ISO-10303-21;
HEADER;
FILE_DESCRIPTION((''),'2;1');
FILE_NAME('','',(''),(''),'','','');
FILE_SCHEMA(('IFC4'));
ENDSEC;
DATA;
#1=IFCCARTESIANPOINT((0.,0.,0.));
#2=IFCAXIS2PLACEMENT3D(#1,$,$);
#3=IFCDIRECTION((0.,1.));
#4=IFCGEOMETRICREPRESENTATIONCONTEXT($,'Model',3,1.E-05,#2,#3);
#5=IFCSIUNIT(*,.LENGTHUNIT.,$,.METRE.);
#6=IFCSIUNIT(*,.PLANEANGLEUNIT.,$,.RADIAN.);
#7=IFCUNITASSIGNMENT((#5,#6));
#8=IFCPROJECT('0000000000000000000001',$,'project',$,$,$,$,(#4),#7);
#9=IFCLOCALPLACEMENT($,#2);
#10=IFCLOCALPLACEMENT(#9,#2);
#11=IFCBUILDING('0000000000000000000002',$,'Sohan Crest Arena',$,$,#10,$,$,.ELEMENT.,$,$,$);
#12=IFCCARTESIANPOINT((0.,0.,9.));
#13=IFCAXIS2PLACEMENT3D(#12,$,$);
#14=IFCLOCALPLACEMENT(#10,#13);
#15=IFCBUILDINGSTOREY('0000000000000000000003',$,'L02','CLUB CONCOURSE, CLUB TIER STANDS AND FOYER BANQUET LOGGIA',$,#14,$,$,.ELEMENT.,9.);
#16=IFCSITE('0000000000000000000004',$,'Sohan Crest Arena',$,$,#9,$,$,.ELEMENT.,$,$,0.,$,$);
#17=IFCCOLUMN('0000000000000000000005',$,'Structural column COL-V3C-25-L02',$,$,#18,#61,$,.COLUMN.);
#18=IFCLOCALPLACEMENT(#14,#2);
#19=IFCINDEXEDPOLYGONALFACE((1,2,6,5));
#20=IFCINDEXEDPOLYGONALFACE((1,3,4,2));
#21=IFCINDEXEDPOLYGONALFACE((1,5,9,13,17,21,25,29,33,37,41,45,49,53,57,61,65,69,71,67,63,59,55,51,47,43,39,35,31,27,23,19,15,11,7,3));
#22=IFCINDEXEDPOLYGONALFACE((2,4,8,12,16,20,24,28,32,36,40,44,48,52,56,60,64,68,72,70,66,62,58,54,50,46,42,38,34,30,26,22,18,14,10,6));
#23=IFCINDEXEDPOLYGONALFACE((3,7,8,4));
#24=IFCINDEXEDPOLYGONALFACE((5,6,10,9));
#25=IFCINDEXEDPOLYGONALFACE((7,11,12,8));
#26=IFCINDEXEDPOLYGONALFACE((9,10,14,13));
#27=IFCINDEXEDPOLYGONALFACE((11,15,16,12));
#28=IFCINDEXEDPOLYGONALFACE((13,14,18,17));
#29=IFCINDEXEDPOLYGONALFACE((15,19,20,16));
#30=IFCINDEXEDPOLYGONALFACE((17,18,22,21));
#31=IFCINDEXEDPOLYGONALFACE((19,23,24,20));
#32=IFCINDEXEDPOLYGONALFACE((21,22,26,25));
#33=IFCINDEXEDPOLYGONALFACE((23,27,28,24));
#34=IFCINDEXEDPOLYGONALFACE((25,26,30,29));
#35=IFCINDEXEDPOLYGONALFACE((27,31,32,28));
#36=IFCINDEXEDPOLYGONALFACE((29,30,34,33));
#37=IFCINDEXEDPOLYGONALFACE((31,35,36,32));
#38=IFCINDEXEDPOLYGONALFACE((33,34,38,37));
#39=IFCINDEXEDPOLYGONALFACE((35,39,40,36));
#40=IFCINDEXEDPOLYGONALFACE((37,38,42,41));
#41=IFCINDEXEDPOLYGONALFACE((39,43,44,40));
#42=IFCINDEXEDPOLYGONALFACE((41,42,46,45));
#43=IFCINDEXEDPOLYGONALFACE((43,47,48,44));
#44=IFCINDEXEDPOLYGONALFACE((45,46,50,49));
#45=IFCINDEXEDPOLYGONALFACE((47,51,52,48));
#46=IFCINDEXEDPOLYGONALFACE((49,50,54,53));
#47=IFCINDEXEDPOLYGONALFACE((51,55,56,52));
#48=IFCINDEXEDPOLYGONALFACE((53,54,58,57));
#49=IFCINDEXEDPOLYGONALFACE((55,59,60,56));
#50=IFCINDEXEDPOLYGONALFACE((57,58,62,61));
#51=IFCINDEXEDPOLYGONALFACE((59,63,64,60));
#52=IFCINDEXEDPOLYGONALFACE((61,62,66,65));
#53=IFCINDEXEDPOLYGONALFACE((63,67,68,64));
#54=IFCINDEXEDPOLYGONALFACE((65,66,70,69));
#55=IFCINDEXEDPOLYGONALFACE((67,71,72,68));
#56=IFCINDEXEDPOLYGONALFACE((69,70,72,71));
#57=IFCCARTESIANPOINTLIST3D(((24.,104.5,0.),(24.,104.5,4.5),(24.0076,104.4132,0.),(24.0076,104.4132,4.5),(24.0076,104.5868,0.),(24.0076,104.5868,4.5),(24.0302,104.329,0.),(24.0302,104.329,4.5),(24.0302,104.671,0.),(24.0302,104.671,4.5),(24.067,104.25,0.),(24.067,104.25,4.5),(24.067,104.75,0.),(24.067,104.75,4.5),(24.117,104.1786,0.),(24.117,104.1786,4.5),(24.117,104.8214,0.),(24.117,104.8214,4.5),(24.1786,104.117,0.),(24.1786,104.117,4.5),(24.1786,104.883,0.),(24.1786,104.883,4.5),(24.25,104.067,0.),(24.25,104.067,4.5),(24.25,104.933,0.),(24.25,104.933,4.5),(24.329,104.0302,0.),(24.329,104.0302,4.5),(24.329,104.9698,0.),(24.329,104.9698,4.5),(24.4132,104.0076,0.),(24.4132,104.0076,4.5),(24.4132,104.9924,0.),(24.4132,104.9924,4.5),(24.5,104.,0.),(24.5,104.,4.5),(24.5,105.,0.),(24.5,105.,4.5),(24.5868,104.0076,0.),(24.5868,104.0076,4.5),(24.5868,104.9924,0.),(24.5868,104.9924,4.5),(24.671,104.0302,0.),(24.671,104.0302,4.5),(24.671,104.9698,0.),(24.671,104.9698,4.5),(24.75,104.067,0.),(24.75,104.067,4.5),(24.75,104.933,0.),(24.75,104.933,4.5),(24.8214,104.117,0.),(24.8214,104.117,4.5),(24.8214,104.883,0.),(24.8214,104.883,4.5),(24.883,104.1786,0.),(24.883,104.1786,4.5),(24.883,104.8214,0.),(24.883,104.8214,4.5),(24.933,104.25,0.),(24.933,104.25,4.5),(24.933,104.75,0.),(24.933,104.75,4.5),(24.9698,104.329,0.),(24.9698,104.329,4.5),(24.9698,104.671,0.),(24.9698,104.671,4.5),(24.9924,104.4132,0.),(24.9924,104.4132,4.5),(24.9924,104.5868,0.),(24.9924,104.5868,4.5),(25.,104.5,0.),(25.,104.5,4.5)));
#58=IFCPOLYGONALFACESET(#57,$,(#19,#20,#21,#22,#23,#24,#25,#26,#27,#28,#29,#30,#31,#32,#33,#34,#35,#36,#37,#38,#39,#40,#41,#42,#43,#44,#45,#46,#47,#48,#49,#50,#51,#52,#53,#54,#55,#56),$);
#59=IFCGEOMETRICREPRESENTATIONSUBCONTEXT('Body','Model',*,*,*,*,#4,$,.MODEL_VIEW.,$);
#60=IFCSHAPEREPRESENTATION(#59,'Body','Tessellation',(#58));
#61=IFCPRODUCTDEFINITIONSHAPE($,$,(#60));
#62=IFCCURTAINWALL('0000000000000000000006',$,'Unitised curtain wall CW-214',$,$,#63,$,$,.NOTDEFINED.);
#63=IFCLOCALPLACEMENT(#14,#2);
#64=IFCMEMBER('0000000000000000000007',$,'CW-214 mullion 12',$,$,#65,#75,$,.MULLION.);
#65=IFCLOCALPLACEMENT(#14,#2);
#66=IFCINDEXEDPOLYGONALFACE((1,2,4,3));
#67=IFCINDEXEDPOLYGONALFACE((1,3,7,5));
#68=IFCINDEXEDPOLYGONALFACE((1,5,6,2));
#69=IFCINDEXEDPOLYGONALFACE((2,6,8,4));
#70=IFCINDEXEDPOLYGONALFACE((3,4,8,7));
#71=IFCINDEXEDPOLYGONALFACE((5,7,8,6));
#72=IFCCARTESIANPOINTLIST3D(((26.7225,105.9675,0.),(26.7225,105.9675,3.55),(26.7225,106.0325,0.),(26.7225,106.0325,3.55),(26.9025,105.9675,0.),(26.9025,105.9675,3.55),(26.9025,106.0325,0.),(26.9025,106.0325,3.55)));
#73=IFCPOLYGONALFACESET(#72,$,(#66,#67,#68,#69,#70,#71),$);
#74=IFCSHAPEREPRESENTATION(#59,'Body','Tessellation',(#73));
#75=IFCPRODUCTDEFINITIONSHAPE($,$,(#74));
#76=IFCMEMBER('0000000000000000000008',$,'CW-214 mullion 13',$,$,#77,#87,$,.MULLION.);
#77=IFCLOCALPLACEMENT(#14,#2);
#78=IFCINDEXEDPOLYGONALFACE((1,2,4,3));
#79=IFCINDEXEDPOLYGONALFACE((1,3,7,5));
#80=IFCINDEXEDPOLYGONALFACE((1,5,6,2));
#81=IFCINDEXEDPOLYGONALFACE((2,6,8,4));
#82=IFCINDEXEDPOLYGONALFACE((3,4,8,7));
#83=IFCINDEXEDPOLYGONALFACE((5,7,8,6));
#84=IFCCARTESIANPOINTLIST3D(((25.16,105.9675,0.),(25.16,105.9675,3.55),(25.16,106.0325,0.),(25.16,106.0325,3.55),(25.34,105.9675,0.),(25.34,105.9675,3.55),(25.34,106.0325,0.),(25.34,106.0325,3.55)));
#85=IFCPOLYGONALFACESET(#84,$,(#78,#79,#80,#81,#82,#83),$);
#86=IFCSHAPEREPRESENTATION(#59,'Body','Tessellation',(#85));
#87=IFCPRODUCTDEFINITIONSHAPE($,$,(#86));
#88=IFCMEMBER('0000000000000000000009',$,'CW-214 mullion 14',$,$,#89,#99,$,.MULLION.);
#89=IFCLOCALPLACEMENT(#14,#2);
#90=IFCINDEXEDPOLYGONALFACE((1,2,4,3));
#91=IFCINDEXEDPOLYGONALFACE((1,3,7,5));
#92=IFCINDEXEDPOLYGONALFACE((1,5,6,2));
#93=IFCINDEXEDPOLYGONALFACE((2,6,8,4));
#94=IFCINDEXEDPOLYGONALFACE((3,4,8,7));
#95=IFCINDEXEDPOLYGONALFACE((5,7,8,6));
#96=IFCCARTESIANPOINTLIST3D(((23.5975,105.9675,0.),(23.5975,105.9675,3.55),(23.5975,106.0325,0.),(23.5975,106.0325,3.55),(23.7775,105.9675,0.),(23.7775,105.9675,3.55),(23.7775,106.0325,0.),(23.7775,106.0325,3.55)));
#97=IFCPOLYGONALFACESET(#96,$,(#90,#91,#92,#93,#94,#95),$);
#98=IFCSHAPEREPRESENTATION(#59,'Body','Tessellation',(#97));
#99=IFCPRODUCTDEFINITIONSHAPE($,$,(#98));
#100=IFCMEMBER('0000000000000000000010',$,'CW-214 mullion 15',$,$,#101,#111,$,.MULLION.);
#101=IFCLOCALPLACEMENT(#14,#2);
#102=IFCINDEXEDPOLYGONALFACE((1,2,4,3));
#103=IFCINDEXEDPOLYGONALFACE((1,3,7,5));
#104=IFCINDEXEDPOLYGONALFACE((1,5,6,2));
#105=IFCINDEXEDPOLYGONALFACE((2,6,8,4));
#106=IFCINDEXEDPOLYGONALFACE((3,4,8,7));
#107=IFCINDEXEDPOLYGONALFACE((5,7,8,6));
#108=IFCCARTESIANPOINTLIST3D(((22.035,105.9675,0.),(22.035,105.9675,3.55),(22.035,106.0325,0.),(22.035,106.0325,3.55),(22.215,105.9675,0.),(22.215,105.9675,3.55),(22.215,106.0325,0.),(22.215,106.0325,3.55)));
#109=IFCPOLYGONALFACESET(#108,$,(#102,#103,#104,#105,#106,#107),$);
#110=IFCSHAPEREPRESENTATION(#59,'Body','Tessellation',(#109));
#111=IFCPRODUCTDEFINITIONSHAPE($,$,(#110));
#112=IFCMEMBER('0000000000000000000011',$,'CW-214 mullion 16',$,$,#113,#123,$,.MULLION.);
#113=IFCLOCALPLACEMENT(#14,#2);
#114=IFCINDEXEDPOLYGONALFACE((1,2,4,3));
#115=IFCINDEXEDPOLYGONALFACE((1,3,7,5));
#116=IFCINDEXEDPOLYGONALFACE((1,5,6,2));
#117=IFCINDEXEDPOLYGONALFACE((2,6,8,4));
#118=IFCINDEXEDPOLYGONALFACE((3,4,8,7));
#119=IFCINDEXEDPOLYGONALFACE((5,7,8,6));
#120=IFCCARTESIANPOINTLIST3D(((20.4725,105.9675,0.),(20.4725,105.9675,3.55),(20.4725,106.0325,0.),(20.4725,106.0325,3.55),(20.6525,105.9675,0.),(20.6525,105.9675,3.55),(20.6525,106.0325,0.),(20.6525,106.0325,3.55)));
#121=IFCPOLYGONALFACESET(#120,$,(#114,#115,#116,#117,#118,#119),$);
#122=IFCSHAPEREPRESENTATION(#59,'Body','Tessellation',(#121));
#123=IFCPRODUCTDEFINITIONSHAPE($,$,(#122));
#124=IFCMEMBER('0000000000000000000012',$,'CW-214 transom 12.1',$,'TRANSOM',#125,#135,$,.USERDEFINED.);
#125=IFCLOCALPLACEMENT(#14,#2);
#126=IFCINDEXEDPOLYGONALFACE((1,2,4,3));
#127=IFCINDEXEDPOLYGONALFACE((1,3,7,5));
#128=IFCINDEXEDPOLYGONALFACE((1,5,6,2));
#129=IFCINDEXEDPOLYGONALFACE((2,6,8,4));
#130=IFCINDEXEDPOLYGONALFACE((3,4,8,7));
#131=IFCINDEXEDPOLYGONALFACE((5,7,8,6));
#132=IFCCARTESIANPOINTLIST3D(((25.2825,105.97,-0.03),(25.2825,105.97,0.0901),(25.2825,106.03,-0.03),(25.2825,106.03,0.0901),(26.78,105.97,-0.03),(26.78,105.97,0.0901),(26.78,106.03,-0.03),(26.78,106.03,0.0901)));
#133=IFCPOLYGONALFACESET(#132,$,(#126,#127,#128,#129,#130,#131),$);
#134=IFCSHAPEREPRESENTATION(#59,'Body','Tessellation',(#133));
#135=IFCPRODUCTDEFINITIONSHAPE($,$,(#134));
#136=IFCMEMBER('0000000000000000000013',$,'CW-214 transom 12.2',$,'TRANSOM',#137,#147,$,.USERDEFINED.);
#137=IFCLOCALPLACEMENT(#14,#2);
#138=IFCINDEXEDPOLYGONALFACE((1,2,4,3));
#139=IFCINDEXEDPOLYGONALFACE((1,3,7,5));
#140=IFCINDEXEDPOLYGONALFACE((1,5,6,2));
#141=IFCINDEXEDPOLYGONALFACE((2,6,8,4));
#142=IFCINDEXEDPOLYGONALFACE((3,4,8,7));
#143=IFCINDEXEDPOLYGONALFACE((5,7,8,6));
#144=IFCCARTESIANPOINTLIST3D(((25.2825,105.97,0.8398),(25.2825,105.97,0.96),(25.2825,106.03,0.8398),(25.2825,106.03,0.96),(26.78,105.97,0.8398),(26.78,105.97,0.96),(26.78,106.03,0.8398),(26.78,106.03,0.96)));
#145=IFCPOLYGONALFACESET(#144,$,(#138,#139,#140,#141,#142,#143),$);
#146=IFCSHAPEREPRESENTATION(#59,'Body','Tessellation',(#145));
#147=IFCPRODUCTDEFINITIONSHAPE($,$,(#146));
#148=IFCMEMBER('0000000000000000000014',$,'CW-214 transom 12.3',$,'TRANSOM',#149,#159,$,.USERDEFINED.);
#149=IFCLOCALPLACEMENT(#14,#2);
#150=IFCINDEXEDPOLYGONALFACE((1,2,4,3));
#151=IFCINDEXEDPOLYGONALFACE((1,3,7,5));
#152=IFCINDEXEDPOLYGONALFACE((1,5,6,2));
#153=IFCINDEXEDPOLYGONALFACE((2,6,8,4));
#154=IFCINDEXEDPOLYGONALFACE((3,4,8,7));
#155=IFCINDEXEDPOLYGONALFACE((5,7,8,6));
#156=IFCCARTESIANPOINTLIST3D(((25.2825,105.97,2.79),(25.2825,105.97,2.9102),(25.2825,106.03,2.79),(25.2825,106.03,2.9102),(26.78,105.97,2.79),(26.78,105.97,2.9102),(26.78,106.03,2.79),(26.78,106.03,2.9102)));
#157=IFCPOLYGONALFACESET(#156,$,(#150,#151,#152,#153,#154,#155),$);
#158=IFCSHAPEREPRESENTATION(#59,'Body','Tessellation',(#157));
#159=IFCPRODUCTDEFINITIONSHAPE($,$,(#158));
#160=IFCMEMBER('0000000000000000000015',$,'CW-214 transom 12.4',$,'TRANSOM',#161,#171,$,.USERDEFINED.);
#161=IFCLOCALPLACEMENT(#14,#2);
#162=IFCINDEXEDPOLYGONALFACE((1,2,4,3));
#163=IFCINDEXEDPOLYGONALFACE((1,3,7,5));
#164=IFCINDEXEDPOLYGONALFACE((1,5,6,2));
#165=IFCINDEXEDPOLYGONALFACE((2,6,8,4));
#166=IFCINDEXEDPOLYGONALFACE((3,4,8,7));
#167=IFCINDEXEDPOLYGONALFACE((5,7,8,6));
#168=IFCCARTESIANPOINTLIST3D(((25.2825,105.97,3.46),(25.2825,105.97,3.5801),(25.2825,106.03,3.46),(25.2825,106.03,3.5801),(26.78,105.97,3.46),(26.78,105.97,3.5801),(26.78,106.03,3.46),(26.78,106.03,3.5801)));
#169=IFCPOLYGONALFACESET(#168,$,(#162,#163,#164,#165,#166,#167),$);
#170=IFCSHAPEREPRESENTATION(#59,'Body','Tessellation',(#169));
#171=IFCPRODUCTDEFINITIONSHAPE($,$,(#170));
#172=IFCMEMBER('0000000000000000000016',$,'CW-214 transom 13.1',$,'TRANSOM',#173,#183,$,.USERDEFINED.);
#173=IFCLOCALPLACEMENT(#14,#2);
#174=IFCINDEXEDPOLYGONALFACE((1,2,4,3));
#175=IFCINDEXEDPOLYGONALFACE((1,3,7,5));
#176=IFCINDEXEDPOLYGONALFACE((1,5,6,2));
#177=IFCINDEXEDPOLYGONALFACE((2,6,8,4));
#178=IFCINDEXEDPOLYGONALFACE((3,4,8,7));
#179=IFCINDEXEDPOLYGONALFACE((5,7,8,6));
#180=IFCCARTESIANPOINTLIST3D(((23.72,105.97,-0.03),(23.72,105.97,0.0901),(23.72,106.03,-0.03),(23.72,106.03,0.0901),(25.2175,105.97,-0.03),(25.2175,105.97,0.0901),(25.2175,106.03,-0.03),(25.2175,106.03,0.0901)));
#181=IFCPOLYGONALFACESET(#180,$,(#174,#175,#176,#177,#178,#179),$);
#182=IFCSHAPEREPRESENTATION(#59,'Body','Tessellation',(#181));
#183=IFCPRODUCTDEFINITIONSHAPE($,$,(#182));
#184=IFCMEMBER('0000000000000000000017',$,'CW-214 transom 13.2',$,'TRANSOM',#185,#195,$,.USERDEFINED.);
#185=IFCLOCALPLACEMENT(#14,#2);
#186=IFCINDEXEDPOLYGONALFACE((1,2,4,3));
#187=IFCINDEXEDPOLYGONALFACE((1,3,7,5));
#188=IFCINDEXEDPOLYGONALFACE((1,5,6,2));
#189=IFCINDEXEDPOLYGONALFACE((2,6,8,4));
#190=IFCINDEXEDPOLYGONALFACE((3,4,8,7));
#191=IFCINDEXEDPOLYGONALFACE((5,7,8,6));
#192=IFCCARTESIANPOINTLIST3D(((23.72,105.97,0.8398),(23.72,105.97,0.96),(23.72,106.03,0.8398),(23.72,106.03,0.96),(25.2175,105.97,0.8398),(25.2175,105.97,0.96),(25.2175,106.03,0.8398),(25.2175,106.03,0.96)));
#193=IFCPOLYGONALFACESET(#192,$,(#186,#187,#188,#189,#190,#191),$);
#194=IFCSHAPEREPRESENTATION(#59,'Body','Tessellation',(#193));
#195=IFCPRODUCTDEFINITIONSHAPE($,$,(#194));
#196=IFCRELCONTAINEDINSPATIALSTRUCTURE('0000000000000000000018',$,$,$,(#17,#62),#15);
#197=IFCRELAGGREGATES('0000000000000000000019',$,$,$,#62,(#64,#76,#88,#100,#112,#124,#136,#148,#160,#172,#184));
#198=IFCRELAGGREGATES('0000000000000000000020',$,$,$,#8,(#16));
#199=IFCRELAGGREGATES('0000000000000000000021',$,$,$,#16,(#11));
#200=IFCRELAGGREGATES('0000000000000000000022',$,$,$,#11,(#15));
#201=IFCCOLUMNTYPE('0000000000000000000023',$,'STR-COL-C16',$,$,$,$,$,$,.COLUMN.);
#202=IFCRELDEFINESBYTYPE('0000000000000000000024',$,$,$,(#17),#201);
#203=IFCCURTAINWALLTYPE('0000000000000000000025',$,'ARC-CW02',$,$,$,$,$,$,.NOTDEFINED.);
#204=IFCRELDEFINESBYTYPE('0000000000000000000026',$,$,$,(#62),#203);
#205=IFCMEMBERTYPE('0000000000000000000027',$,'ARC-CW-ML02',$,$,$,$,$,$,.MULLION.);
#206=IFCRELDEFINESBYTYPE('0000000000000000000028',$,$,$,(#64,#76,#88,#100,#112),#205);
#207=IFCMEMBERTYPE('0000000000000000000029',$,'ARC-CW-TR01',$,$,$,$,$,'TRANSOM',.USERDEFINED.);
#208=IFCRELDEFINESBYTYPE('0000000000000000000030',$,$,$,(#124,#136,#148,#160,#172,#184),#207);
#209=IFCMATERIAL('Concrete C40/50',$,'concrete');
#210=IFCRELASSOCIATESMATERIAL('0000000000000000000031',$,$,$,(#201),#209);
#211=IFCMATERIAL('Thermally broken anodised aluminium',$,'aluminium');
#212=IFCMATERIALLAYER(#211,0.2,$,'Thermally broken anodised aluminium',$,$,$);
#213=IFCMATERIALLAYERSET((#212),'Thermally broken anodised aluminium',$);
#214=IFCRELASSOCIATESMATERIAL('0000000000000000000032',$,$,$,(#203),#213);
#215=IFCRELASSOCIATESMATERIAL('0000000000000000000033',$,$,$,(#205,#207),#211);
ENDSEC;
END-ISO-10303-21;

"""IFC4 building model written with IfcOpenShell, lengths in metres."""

from ifc_helpers import new_model, si_unit, direction, frame, origin, origin_2d, place, context, subcontext, project, spatial, rectangle, circle, extrude, material, layer, layer_set, material_profile, profile_set, type_object, element, aggregate, save


model = new_model("IFC4")

# Units and contexts
model_context = context("Model", 3, precision=1e-05, world=origin(), true_north=direction((0.0, 1.0)))
body_context = subcontext(model_context, "Body", "Model", "MODEL_VIEW")
ifc_project = project(units=[si_unit("LENGTHUNIT", "METRE"), si_unit("PLANEANGLEUNIT", "RADIAN")], contexts=[model_context])

# Site, building, storey
site_placement = place(None, origin())
site = spatial("IfcSite", under=ifc_project, at=site_placement, Name="Sohan Crest Arena", CompositionType="ELEMENT", RefElevation=0.0)
building_placement = place(site_placement, origin())
building = spatial("IfcBuilding", under=site, at=building_placement, Name="Sohan Crest Arena", CompositionType="ELEMENT")
storey_placement = place(building_placement, frame((0.0, 0.0, 9.0)))
storey = spatial("IfcBuildingStorey", under=building, at=storey_placement, Name="L02", Description="CLUB CONCOURSE, CLUB TIER STANDS AND FOYER BANQUET LOGGIA", CompositionType="ELEMENT", Elevation=9.0)

# Column
ifc_material_1 = material(Name="Concrete C40/50", Category="concrete")
ifc_material_profile_1 = material_profile(ifc_material_1, circle(Radius=0.5, at=origin_2d()), Name="RC D1000")
ifc_profile_set_1 = profile_set([ifc_material_profile_1], Name="Concrete C40/50")
column_type = type_object("IfcColumnType", Name="STR-COL-C16", PredefinedType="COLUMN", material=ifc_profile_set_1)
column_placement = place(storey_placement, frame((24.5, 104.5, 0.0), z_axis=(0.0, 0.0, 1.0), x_axis=(1.0, 0.0, 0.0)))
element("IfcColumn", 1, at=column_placement, inside=storey, type_object=column_type, Name="Structural column COL-V3C-25-L02", PredefinedType="COLUMN", context=body_context, shape_type="SweptSolid", body=[
    extrude(circle(Radius=0.5, at=origin_2d()), origin(), (0.0, 0.0, 1.0), 4.5),
])

# Curtain wall, members
ifc_material_2 = material(Name="Thermally broken anodised aluminium", Category="aluminium")
ifc_layer_1 = layer(ifc_material_2, 0.2, Name="Thermally broken anodised aluminium")
ifc_layer_set_1 = layer_set([ifc_layer_1], Name="Thermally broken anodised aluminium")
curtain_wall_type = type_object("IfcCurtainWallType", Name="ARC-CW02", PredefinedType="NOTDEFINED", material=ifc_layer_set_1)
curtain_wall_placement = place(storey_placement, origin())
curtain_wall = element("IfcCurtainWall", 2, at=curtain_wall_placement, inside=storey, type_object=curtain_wall_type, Name="Unitised curtain wall CW-214", PredefinedType="NOTDEFINED")
ifc_material_profile_2 = material_profile(ifc_material_2, rectangle(XDim=0.0649, YDim=0.1799, at=origin_2d()), Name="ALU-MULL 65x180")
ifc_profile_set_2 = profile_set([ifc_material_profile_2], Name="Thermally broken anodised aluminium")
member_type_1 = type_object("IfcMemberType", Name="ARC-CW-ML02", PredefinedType="MULLION", material=ifc_profile_set_2)
member_1_placement = place(storey_placement, frame((26.8125, 106.0, 0.0), z_axis=(0.0, 0.0, 1.0), x_axis=(0.0, -1.0, 0.0)))
member_1 = element("IfcMember", 3, at=member_1_placement, type_object=member_type_1, Name="CW-214 mullion 12", PredefinedType="MULLION", context=body_context, shape_type="SweptSolid", body=[
    extrude(rectangle(XDim=0.0649, YDim=0.1799, at=origin_2d()), origin(), (0.0, 0.0, 1.0), 3.55),
])
member_2_placement = place(storey_placement, frame((25.25, 106.0, 0.0), z_axis=(0.0, 0.0, 1.0), x_axis=(0.0, -1.0, 0.0)))
member_2 = element("IfcMember", 4, at=member_2_placement, type_object=member_type_1, Name="CW-214 mullion 13", PredefinedType="MULLION", context=body_context, shape_type="SweptSolid", body=[
    extrude(rectangle(XDim=0.0649, YDim=0.1799, at=origin_2d()), origin(), (0.0, 0.0, 1.0), 3.55),
])
member_3_placement = place(storey_placement, frame((23.6875, 106.0, 0.0), z_axis=(0.0, 0.0, 1.0), x_axis=(0.0, -1.0, 0.0)))
member_3 = element("IfcMember", 5, at=member_3_placement, type_object=member_type_1, Name="CW-214 mullion 14", PredefinedType="MULLION", context=body_context, shape_type="SweptSolid", body=[
    extrude(rectangle(XDim=0.0649, YDim=0.1799, at=origin_2d()), origin(), (0.0, 0.0, 1.0), 3.55),
])
member_4_placement = place(storey_placement, frame((22.125, 106.0, 0.0), z_axis=(0.0, 0.0, 1.0), x_axis=(0.0, -1.0, 0.0)))
member_4 = element("IfcMember", 6, at=member_4_placement, type_object=member_type_1, Name="CW-214 mullion 15", PredefinedType="MULLION", context=body_context, shape_type="SweptSolid", body=[
    extrude(rectangle(XDim=0.0649, YDim=0.1799, at=origin_2d()), origin(), (0.0, 0.0, 1.0), 3.55),
])
member_5_placement = place(storey_placement, frame((20.5625, 106.0, 0.0), z_axis=(0.0, 0.0, 1.0), x_axis=(0.0, -1.0, 0.0)))
member_5 = element("IfcMember", 7, at=member_5_placement, type_object=member_type_1, Name="CW-214 mullion 16", PredefinedType="MULLION", context=body_context, shape_type="SweptSolid", body=[
    extrude(rectangle(XDim=0.0649, YDim=0.1799, at=origin_2d()), origin(), (0.0, 0.0, 1.0), 3.55),
])
ifc_material_profile_3 = material_profile(ifc_material_2, rectangle(XDim=0.0601, YDim=0.1201, at=origin_2d()), Name="ALU-TRAN 60x120")
ifc_profile_set_3 = profile_set([ifc_material_profile_3], Name="Thermally broken anodised aluminium")
member_type_2 = type_object("IfcMemberType", Name="ARC-CW-TR01", ElementType="TRANSOM", PredefinedType="USERDEFINED", material=ifc_profile_set_3)
member_6_placement = place(storey_placement, frame((26.78, 106.0, 0.03), z_axis=(-1.0, 0.0, 0.0), x_axis=(0.0, -1.0, 0.0)))
member_6 = element("IfcMember", 8, at=member_6_placement, type_object=member_type_2, Name="CW-214 transom 12.1", ObjectType="TRANSOM", PredefinedType="USERDEFINED", context=body_context, shape_type="SweptSolid", body=[
    extrude(rectangle(XDim=0.0601, YDim=0.1201, at=origin_2d()), origin(), (0.0, 0.0, 1.0), 1.4976),
])
member_7_placement = place(storey_placement, frame((26.78, 106.0, 0.8999), z_axis=(-1.0, 0.0, 0.0), x_axis=(0.0, -1.0, 0.0)))
member_7 = element("IfcMember", 9, at=member_7_placement, type_object=member_type_2, Name="CW-214 transom 12.2", ObjectType="TRANSOM", PredefinedType="USERDEFINED", context=body_context, shape_type="SweptSolid", body=[
    extrude(rectangle(XDim=0.0601, YDim=0.1201, at=origin_2d()), origin(), (0.0, 0.0, 1.0), 1.4976),
])
member_8_placement = place(storey_placement, frame((26.78, 106.0, 2.8501), z_axis=(-1.0, 0.0, 0.0), x_axis=(0.0, -1.0, 0.0)))
member_8 = element("IfcMember", 10, at=member_8_placement, type_object=member_type_2, Name="CW-214 transom 12.3", ObjectType="TRANSOM", PredefinedType="USERDEFINED", context=body_context, shape_type="SweptSolid", body=[
    extrude(rectangle(XDim=0.0601, YDim=0.1201, at=origin_2d()), origin(), (0.0, 0.0, 1.0), 1.4976),
])
member_9_placement = place(storey_placement, frame((26.78, 106.0, 3.52), z_axis=(-1.0, 0.0, 0.0), x_axis=(0.0, -1.0, 0.0)))
member_9 = element("IfcMember", 11, at=member_9_placement, type_object=member_type_2, Name="CW-214 transom 12.4", ObjectType="TRANSOM", PredefinedType="USERDEFINED", context=body_context, shape_type="SweptSolid", body=[
    extrude(rectangle(XDim=0.0601, YDim=0.1201, at=origin_2d()), origin(), (0.0, 0.0, 1.0), 1.4976),
])
member_10_placement = place(storey_placement, frame((25.2175, 106.0, 0.03), z_axis=(-1.0, 0.0, 0.0), x_axis=(0.0, -1.0, 0.0)))
member_10 = element("IfcMember", 12, at=member_10_placement, type_object=member_type_2, Name="CW-214 transom 13.1", ObjectType="TRANSOM", PredefinedType="USERDEFINED", context=body_context, shape_type="SweptSolid", body=[
    extrude(rectangle(XDim=0.0601, YDim=0.1201, at=origin_2d()), origin(), (0.0, 0.0, 1.0), 1.4976),
])
member_11_placement = place(storey_placement, frame((25.2175, 106.0, 0.8999), z_axis=(-1.0, 0.0, 0.0), x_axis=(0.0, -1.0, 0.0)))
member_11 = element("IfcMember", 13, at=member_11_placement, type_object=member_type_2, Name="CW-214 transom 13.2", ObjectType="TRANSOM", PredefinedType="USERDEFINED", context=body_context, shape_type="SweptSolid", body=[
    extrude(rectangle(XDim=0.0601, YDim=0.1201, at=origin_2d()), origin(), (0.0, 0.0, 1.0), 1.4976),
])

aggregate(curtain_wall, [member_1, member_2, member_3, member_4, member_5, member_6, member_7, member_8, member_9, member_10, member_11])

save(model, "model.ifc")
